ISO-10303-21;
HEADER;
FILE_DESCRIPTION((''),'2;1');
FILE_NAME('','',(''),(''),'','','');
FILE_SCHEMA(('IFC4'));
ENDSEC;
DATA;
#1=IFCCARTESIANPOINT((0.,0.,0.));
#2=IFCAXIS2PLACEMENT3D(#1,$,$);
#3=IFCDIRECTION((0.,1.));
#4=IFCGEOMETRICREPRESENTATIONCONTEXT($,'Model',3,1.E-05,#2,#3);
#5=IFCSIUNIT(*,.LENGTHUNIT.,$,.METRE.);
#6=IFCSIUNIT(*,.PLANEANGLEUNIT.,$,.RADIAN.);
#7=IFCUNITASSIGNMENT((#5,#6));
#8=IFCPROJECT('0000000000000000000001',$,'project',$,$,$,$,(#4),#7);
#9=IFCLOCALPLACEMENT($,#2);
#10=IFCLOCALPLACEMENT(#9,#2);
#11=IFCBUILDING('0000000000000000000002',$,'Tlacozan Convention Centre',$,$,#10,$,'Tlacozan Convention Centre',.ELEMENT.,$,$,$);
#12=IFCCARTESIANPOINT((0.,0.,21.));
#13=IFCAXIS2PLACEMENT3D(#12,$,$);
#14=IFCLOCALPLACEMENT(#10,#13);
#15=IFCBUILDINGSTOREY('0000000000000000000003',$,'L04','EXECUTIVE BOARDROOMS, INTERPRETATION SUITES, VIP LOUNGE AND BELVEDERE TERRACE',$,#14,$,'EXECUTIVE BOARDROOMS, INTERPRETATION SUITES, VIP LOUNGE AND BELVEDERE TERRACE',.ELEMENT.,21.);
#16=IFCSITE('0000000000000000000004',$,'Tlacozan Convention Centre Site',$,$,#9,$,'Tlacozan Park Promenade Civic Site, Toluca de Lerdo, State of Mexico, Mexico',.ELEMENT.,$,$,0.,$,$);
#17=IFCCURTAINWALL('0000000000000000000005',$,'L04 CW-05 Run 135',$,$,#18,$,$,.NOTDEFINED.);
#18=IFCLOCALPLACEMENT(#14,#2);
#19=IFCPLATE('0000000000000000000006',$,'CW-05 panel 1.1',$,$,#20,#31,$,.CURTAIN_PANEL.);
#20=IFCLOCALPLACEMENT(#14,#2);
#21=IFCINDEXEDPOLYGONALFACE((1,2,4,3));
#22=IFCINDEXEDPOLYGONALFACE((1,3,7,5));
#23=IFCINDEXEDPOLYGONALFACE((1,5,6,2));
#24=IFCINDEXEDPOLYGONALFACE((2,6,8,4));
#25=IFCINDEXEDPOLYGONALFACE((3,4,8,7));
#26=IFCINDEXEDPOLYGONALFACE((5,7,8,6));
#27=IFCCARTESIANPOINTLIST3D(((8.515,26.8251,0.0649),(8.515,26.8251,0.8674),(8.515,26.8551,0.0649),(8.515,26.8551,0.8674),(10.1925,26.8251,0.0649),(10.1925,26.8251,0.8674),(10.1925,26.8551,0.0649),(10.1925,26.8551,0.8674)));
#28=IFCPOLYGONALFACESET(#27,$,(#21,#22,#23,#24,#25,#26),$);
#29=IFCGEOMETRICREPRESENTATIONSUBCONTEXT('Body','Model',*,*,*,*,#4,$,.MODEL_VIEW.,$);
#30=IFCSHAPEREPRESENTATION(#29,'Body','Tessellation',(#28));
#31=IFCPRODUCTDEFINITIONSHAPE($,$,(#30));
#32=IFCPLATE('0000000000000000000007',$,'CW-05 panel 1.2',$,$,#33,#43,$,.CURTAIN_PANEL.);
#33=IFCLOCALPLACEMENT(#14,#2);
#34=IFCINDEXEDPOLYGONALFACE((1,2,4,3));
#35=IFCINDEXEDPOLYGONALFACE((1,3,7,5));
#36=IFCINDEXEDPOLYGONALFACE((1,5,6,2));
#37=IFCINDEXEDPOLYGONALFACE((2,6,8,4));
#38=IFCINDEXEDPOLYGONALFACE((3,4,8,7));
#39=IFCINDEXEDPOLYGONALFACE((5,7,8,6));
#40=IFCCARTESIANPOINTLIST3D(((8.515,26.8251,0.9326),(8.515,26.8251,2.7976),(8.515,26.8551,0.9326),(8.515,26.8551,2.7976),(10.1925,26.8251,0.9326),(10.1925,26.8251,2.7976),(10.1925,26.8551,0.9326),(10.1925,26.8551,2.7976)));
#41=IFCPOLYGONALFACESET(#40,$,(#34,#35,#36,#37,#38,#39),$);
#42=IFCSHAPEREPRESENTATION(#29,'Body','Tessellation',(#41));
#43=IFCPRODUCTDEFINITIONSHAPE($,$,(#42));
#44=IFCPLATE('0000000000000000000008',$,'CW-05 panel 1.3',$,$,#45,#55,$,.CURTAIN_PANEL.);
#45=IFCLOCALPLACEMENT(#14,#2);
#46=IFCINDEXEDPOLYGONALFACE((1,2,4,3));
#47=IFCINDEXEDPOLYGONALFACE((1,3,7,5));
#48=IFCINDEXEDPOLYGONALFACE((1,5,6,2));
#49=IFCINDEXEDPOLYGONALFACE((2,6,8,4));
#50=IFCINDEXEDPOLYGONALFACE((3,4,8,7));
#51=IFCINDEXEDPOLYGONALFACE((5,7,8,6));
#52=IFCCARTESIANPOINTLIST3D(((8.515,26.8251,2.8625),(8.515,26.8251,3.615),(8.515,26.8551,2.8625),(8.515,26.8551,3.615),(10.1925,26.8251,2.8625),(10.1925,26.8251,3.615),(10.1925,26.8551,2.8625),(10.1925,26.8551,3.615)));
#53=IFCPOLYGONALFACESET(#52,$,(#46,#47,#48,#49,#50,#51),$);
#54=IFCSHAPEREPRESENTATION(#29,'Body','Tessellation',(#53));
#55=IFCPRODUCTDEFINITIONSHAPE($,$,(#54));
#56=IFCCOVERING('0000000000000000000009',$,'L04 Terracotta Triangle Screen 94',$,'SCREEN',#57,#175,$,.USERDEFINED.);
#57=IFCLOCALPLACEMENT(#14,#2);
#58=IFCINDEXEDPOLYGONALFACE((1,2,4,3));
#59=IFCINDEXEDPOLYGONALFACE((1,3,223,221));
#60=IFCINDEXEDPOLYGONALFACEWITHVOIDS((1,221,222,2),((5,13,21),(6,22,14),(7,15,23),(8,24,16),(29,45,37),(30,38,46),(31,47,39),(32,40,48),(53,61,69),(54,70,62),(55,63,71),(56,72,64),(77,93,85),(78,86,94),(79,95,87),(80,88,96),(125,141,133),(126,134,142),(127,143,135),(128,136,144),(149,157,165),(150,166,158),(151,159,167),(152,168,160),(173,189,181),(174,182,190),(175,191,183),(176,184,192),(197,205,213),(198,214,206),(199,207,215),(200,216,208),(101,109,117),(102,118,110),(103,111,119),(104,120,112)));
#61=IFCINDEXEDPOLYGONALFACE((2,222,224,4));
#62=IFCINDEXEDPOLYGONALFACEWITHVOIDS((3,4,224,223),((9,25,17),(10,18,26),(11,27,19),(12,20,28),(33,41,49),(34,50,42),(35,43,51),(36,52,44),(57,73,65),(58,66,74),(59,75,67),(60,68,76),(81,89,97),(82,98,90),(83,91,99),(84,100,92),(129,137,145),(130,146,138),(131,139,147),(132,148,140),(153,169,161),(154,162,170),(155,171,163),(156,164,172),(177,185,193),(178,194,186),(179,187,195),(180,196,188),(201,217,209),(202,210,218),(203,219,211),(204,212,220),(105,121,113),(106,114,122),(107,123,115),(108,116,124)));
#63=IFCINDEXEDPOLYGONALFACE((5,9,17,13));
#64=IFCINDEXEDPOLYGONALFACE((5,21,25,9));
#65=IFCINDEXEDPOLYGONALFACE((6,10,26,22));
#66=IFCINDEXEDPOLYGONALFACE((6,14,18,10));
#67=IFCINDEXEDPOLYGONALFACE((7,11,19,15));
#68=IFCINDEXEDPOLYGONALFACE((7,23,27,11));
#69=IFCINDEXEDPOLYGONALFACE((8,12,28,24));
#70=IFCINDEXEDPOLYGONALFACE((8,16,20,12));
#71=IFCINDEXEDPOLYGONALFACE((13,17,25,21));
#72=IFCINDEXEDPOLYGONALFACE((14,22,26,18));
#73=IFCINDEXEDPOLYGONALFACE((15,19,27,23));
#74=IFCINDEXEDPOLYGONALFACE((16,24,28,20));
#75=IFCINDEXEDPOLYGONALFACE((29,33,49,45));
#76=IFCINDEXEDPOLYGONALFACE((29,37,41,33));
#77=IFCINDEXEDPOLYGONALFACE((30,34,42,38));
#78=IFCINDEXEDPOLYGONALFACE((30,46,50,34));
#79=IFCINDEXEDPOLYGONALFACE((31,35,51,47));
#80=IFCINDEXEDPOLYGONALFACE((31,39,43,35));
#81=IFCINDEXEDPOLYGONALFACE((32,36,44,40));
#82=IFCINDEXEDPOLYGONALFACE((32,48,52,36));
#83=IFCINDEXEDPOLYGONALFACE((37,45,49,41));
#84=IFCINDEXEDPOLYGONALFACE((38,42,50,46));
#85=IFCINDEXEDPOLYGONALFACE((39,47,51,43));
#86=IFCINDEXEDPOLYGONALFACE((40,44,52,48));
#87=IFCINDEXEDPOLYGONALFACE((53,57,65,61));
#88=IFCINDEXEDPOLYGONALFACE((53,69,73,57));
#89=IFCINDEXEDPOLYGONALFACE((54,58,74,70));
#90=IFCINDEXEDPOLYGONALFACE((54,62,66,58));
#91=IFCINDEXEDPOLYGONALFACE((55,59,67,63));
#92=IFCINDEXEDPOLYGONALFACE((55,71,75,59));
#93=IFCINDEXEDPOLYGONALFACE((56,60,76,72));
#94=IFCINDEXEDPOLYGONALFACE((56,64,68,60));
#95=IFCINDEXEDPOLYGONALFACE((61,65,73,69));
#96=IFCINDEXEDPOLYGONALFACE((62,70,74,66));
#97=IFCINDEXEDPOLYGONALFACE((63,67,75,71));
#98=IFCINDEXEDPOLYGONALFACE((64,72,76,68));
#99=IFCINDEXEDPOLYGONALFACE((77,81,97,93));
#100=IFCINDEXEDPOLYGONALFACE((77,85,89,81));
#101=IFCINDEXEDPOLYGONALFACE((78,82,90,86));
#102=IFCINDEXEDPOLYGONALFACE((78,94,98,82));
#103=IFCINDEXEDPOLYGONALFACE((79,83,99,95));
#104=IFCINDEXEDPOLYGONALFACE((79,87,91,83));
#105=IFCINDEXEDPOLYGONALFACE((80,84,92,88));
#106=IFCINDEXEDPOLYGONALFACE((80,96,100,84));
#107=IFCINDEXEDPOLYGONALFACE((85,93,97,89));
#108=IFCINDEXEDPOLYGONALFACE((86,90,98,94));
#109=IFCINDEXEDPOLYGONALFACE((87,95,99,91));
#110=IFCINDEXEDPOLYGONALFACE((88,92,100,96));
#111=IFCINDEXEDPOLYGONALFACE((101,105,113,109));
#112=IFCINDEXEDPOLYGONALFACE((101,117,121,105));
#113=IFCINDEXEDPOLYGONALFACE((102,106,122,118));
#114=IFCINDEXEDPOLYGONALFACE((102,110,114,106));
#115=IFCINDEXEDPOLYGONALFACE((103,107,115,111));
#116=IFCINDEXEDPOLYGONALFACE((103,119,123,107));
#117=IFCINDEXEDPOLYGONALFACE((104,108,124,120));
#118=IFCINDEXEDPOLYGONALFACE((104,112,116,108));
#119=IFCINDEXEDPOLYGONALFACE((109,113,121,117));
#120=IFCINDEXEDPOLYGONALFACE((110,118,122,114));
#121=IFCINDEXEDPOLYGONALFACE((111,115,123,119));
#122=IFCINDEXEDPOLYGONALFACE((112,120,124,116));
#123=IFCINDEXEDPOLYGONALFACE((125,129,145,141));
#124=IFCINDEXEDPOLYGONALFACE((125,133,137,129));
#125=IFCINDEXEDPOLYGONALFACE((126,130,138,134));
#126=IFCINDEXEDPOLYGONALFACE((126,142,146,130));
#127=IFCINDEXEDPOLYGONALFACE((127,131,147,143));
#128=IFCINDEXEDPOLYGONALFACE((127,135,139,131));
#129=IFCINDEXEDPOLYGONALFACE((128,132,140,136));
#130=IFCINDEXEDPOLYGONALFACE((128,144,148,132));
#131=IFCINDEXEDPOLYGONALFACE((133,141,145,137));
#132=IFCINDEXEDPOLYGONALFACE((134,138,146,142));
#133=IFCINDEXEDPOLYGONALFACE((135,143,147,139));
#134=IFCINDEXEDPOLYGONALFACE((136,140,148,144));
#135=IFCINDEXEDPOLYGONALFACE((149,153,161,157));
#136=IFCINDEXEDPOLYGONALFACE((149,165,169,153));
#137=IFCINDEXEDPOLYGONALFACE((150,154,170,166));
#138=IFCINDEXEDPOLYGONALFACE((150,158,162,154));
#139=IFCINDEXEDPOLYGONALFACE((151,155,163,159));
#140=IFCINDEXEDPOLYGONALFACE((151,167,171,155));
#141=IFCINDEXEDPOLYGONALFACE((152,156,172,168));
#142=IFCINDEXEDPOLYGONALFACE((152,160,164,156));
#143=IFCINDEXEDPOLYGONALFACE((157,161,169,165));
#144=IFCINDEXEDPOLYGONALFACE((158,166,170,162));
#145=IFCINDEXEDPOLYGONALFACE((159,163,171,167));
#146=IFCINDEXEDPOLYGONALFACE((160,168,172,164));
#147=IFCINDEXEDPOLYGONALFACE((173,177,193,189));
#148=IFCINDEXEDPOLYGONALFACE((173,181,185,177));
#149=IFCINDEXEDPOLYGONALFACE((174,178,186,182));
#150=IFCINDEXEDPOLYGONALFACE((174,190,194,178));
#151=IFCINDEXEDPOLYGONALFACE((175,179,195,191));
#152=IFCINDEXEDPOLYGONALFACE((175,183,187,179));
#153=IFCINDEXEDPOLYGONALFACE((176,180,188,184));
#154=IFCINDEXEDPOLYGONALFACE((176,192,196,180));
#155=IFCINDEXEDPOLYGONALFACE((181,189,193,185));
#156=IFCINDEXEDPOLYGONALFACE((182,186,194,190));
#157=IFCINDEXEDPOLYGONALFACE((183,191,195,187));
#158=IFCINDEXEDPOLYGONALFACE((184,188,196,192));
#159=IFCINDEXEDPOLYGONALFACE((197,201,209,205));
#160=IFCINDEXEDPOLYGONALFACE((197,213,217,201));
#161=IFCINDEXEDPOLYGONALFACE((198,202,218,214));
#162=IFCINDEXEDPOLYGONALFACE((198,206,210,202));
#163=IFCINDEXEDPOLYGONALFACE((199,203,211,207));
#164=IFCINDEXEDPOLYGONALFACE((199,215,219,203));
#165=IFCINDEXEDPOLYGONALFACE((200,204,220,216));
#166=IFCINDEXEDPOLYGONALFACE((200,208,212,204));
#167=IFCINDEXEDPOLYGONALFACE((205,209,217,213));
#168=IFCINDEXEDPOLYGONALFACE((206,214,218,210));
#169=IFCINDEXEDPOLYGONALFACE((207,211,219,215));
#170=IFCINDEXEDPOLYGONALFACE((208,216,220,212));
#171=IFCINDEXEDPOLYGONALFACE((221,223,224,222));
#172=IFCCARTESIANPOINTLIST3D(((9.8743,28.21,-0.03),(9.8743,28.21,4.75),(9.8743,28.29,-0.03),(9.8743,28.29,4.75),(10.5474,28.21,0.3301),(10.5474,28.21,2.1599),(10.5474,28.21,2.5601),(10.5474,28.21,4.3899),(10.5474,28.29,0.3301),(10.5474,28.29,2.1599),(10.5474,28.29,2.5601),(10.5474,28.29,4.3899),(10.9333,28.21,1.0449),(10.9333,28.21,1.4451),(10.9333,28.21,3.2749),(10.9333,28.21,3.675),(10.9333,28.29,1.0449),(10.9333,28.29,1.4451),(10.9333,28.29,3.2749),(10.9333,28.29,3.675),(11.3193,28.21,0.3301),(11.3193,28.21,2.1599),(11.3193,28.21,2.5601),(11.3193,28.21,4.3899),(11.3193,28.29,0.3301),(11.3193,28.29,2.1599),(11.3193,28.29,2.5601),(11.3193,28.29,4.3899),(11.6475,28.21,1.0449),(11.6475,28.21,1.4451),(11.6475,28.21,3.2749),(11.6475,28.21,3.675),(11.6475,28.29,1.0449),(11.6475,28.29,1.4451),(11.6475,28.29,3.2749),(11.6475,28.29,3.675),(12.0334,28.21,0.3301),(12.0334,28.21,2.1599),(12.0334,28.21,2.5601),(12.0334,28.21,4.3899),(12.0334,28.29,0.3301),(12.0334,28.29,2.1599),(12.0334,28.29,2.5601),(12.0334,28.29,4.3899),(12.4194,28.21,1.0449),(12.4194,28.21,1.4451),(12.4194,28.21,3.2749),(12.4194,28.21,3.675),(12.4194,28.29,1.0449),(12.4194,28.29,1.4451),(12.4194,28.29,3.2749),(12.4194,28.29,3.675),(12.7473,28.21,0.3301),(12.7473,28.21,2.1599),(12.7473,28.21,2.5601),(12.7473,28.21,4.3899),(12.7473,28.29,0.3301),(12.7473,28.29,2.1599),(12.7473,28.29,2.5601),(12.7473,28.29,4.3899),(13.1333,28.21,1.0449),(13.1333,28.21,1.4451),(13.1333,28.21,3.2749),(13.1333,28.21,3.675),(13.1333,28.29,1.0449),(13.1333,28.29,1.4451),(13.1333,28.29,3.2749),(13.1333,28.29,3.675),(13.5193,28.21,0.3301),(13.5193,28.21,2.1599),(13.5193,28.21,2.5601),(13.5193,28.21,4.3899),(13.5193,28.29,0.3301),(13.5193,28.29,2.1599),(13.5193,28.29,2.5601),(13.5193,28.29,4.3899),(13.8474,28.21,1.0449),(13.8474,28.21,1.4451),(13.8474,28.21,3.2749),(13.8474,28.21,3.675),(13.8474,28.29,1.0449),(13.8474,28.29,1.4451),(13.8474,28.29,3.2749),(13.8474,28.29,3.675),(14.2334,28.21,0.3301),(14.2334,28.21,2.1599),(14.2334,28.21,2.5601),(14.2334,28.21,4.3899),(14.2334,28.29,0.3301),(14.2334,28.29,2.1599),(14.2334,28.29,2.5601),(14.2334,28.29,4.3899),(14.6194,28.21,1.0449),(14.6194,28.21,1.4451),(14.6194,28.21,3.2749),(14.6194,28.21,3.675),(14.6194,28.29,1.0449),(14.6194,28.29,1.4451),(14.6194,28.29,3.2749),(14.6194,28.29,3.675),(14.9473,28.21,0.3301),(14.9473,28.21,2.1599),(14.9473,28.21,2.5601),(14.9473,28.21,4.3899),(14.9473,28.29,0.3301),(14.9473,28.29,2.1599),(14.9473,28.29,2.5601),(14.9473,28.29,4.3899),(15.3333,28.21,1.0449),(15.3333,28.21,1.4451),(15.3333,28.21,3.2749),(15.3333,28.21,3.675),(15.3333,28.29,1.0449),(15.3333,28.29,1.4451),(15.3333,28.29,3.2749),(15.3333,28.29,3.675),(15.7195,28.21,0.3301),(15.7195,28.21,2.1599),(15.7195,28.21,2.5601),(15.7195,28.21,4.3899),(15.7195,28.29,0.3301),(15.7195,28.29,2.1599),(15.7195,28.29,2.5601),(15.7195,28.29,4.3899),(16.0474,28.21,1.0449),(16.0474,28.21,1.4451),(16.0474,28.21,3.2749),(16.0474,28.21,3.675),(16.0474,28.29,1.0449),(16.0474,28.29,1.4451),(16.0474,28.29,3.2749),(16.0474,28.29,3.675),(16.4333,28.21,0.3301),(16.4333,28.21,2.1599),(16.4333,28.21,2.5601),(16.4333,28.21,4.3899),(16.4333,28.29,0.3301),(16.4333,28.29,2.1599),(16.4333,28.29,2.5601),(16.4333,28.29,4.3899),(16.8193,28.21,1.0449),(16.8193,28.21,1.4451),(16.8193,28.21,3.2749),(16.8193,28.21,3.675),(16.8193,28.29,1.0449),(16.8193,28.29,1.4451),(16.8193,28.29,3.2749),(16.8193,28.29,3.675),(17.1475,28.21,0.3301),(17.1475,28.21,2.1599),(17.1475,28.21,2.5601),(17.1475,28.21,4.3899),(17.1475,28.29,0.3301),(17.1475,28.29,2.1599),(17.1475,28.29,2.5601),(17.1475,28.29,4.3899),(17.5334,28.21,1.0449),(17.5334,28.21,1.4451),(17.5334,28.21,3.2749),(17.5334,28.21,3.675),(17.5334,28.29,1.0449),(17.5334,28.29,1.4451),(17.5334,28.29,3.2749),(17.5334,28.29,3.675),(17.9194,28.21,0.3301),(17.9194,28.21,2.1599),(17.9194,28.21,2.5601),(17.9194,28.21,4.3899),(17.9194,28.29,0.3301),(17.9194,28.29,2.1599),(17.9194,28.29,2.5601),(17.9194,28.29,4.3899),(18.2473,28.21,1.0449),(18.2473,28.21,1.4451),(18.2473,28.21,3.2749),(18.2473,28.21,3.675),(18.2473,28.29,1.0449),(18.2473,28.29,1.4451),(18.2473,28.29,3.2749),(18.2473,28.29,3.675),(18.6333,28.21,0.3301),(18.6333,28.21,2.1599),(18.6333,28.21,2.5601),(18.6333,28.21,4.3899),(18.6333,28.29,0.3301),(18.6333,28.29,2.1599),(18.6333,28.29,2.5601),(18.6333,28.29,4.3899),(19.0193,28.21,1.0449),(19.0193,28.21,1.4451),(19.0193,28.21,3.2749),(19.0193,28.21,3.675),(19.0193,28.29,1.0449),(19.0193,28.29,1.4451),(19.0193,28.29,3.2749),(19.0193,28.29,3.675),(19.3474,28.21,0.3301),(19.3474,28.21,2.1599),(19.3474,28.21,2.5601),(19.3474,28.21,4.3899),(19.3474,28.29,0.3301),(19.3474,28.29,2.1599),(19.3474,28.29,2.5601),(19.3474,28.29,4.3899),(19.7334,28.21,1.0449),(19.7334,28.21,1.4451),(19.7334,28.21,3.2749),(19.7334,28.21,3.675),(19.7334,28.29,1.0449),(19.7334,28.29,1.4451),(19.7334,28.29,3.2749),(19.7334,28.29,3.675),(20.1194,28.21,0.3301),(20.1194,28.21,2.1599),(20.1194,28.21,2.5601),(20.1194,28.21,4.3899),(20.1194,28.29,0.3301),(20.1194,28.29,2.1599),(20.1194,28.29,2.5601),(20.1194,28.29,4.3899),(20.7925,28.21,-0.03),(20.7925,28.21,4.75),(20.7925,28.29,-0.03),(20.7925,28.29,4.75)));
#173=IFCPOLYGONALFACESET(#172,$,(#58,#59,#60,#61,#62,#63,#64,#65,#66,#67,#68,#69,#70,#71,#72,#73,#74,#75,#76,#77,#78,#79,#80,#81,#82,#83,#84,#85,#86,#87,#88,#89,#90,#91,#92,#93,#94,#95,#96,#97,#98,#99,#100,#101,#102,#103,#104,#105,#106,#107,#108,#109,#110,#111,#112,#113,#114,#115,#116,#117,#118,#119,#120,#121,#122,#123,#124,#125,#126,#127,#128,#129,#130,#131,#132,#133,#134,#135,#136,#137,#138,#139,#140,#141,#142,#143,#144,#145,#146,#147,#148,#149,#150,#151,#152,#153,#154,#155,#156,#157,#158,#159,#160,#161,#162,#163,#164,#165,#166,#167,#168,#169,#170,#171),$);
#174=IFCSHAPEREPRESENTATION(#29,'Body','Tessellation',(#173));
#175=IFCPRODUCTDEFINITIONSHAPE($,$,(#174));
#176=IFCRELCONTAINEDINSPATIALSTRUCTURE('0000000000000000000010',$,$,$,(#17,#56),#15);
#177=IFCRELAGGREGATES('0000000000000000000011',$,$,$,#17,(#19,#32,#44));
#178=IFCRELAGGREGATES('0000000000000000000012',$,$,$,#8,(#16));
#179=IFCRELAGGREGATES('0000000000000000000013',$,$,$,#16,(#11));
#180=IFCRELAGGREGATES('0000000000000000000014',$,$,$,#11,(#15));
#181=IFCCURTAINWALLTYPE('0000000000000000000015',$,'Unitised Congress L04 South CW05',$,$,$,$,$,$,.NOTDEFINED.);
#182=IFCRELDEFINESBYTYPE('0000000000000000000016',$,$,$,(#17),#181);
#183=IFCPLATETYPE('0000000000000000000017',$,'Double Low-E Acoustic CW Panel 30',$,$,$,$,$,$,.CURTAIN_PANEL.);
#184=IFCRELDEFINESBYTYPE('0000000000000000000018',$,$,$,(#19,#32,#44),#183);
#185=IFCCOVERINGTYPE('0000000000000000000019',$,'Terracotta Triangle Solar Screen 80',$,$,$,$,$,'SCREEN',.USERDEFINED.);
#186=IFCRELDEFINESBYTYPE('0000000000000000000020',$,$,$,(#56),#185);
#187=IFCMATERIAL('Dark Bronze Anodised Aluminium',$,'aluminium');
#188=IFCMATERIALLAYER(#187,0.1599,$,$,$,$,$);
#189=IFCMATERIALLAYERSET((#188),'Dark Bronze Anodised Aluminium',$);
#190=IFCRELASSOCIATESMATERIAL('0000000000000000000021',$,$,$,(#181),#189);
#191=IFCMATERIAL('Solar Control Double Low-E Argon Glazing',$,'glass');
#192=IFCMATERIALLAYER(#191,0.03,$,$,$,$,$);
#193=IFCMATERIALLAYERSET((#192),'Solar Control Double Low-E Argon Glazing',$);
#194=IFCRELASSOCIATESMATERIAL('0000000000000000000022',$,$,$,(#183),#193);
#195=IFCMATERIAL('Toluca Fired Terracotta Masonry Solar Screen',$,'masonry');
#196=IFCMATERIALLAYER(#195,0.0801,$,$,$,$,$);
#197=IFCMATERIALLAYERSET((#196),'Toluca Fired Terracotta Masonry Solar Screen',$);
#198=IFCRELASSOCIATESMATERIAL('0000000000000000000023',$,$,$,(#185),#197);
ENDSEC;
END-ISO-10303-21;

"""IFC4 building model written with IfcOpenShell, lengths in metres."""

from ifc_helpers import new_model, si_unit, direction, frame, origin, origin_2d, place, context, subcontext, project, spatial, polyline, rectangle, outline, extrude, material, layer, layer_set, type_object, element, aggregate, save


model = new_model("IFC4")

# Units and contexts
model_context = context("Model", 3, precision=1e-05, world=origin(), true_north=direction((0.0, 1.0)))
body_context = subcontext(model_context, "Body", "Model", "MODEL_VIEW")
ifc_project = project(units=[si_unit("LENGTHUNIT", "METRE"), si_unit("PLANEANGLEUNIT", "RADIAN")], contexts=[model_context])

# Site, building, storey
site_placement = place(None, origin())
site = spatial("IfcSite", under=ifc_project, at=site_placement, Name="Tlacozan Convention Centre Site", LongName="Tlacozan Park Promenade Civic Site, Toluca de Lerdo, State of Mexico, Mexico", CompositionType="ELEMENT", RefElevation=0.0)
building_placement = place(site_placement, origin())
building = spatial("IfcBuilding", under=site, at=building_placement, Name="Tlacozan Convention Centre", LongName="Tlacozan Convention Centre", CompositionType="ELEMENT")
storey_placement = place(building_placement, frame((0.0, 0.0, 21.0)))
storey = spatial("IfcBuildingStorey", under=building, at=storey_placement, Name="L04", Description="EXECUTIVE BOARDROOMS, INTERPRETATION SUITES, VIP LOUNGE AND BELVEDERE TERRACE", LongName="EXECUTIVE BOARDROOMS, INTERPRETATION SUITES, VIP LOUNGE AND BELVEDERE TERRACE", CompositionType="ELEMENT", Elevation=21.0)

# Shared definitions
ifc_material_1 = material(Name="Dark Bronze Anodised Aluminium", Category="aluminium")
ifc_layer_1 = layer(ifc_material_1, 0.1599)
ifc_layer_set_1 = layer_set([ifc_layer_1], Name="Dark Bronze Anodised Aluminium")
curtain_wall_type = type_object("IfcCurtainWallType", Name="Unitised Congress L04 South CW05", PredefinedType="NOTDEFINED", material=ifc_layer_set_1)

# Curtain wall
curtain_wall_1_placement = place(storey_placement, origin())
curtain_wall_1 = element("IfcCurtainWall", 1, at=curtain_wall_1_placement, inside=storey, type_object=curtain_wall_type, Name="L04 CW-05 Run 135", PredefinedType="NOTDEFINED")

# Plates
ifc_material_2 = material(Name="Solar Control Double Low-E Argon Glazing", Category="glass")
ifc_layer_2 = layer(ifc_material_2, 0.03)
ifc_layer_set_2 = layer_set([ifc_layer_2], Name="Solar Control Double Low-E Argon Glazing")
plate_type = type_object("IfcPlateType", Name="Double Low-E Acoustic CW Panel 30", PredefinedType="CURTAIN_PANEL", material=ifc_layer_set_2)
plate_1_placement = place(storey_placement, frame((9.3538, 26.8401, 0.0649), z_axis=(0.0, 0.0, 1.0), x_axis=(1.0, 0.0, 0.0)))
plate_1 = element("IfcPlate", 2, at=plate_1_placement, type_object=plate_type, Name="CW-05 panel 1.1", PredefinedType="CURTAIN_PANEL", context=body_context, shape_type="SweptSolid", body=[
    extrude(rectangle(XDim=1.6775, YDim=0.03, at=origin_2d()), origin(), (0.0, 0.0, 1.0), 0.8025),
])
plate_2_placement = place(storey_placement, frame((9.3538, 26.8401, 0.9326), z_axis=(0.0, 0.0, 1.0), x_axis=(1.0, 0.0, 0.0)))
plate_2 = element("IfcPlate", 3, at=plate_2_placement, type_object=plate_type, Name="CW-05 panel 1.2", PredefinedType="CURTAIN_PANEL", context=body_context, shape_type="SweptSolid", body=[
    extrude(rectangle(XDim=1.6775, YDim=0.03, at=origin_2d()), origin(), (0.0, 0.0, 1.0), 1.865),
])
plate_3_placement = place(storey_placement, frame((9.3538, 26.8401, 2.8625), z_axis=(0.0, 0.0, 1.0), x_axis=(1.0, 0.0, 0.0)))
plate_3 = element("IfcPlate", 4, at=plate_3_placement, type_object=plate_type, Name="CW-05 panel 1.3", PredefinedType="CURTAIN_PANEL", context=body_context, shape_type="SweptSolid", body=[
    extrude(rectangle(XDim=1.6775, YDim=0.03, at=origin_2d()), origin(), (0.0, 0.0, 1.0), 0.7524),
])
aggregate(curtain_wall_1, [plate_1, plate_2, plate_3])

# Covering
ifc_material_3 = material(Name="Toluca Fired Terracotta Masonry Solar Screen", Category="masonry")
ifc_layer_3 = layer(ifc_material_3, 0.0801)
ifc_layer_set_3 = layer_set([ifc_layer_3], Name="Toluca Fired Terracotta Masonry Solar Screen")
covering_type = type_object("IfcCoveringType", Name="Terracotta Triangle Solar Screen 80", ElementType="SCREEN", PredefinedType="USERDEFINED", material=ifc_layer_set_3)
covering_placement = place(storey_placement, frame((9.8743, 28.25, -0.03), z_axis=(0.0, 0.0, 1.0), x_axis=(1.0, 0.0, 0.0)))
element("IfcCovering", 5, at=covering_placement, inside=storey, type_object=covering_type, Name="L04 Terracotta Triangle Screen 94", ObjectType="SCREEN", PredefinedType="USERDEFINED", context=body_context, shape_type="SweptSolid", body=[
    extrude(outline(polyline([(0.0, 0.0), (10.9182, 0.0), (10.9182, 4.78), (0.0, 4.78), (0.0, 0.0)]), holes=[polyline([(0.6731, 0.3601), (1.4451, 0.3601), (1.0591, 1.075), (0.6731, 0.3601)]), polyline([(1.7732, 1.075), (2.5452, 1.075), (2.1592, 0.3601), (1.7732, 1.075)]), polyline([(2.873, 0.3601), (3.645, 0.3601), (3.259, 1.075), (2.873, 0.3601)]), polyline([(3.9731, 1.075), (4.7451, 1.075), (4.3591, 0.3601), (3.9731, 1.075)]), polyline([(5.073, 0.3601), (5.8452, 0.3601), (5.459, 1.075), (5.073, 0.3601)]), polyline([(6.1731, 1.075), (6.9451, 1.075), (6.5591, 0.3601), (6.1731, 1.075)]), polyline([(7.2732, 0.3601), (8.0452, 0.3601), (7.6592, 1.075), (7.2732, 0.3601)]), polyline([(8.373, 1.075), (9.145, 1.075), (8.759, 0.3601), (8.373, 1.075)]), polyline([(9.4731, 0.3601), (10.2451, 0.3601), (9.8591, 1.075), (9.4731, 0.3601)]), polyline([(0.6731, 2.1899), (1.4451, 2.1899), (1.0591, 1.4751), (0.6731, 2.1899)]), polyline([(1.7732, 1.4751), (2.5452, 1.4751), (2.1592, 2.1899), (1.7732, 1.4751)]), polyline([(2.873, 2.1899), (3.645, 2.1899), (3.259, 1.4751), (2.873, 2.1899)]), polyline([(3.9731, 1.4751), (4.7451, 1.4751), (4.3591, 2.1899), (3.9731, 1.4751)]), polyline([(5.073, 2.1899), (5.8452, 2.1899), (5.459, 1.4751), (5.073, 2.1899)]), polyline([(6.1731, 1.4751), (6.9451, 1.4751), (6.5591, 2.1899), (6.1731, 1.4751)]), polyline([(7.2732, 2.1899), (8.0452, 2.1899), (7.6592, 1.4751), (7.2732, 2.1899)]), polyline([(8.373, 1.4751), (9.145, 1.4751), (8.759, 2.1899), (8.373, 1.4751)]), polyline([(9.4731, 2.1899), (10.2451, 2.1899), (9.8591, 1.4751), (9.4731, 2.1899)]), polyline([(0.6731, 2.5901), (1.4451, 2.5901), (1.0591, 3.3049), (0.6731, 2.5901)]), polyline([(1.7732, 3.3049), (2.5452, 3.3049), (2.1592, 2.5901), (1.7732, 3.3049)]), polyline([(2.873, 2.5901), (3.645, 2.5901), (3.259, 3.3049), (2.873, 2.5901)]), polyline([(3.9731, 3.3049), (4.7451, 3.3049), (4.3591, 2.5901), (3.9731, 3.3049)]), polyline([(5.073, 2.5901), (5.8452, 2.5901), (5.459, 3.3049), (5.073, 2.5901)]), polyline([(6.1731, 3.3049), (6.9451, 3.3049), (6.5591, 2.5901), (6.1731, 3.3049)]), polyline([(7.2732, 2.5901), (8.0452, 2.5901), (7.6592, 3.3049), (7.2732, 2.5901)]), polyline([(8.373, 3.3049), (9.145, 3.3049), (8.759, 2.5901), (8.373, 3.3049)]), polyline([(9.4731, 2.5901), (10.2451, 2.5901), (9.8591, 3.3049), (9.4731, 2.5901)]), polyline([(0.6731, 4.4199), (1.4451, 4.4199), (1.0591, 3.7051), (0.6731, 4.4199)]), polyline([(1.7732, 3.7051), (2.5452, 3.7051), (2.1592, 4.4199), (1.7732, 3.7051)]), polyline([(2.873, 4.4199), (3.645, 4.4199), (3.259, 3.7051), (2.873, 4.4199)]), polyline([(3.9731, 3.7051), (4.7451, 3.7051), (4.3591, 4.4199), (3.9731, 3.7051)]), polyline([(5.073, 4.4199), (5.8452, 4.4199), (5.459, 3.7051), (5.073, 4.4199)]), polyline([(6.1731, 3.7051), (6.9451, 3.7051), (6.5591, 4.4199), (6.1731, 3.7051)]), polyline([(7.2732, 4.4199), (8.0452, 4.4199), (7.6592, 3.7051), (7.2732, 4.4199)]), polyline([(8.373, 3.7051), (9.145, 3.7051), (8.759, 4.4199), (8.373, 3.7051)]), polyline([(9.4731, 4.4199), (10.2451, 4.4199), (9.8591, 3.7051), (9.4731, 4.4199)])]), frame((0.0, 0.04, 0.0), z_axis=(0.0, -1.0, 0.0), x_axis=(1.0, 0.0, 0.0)), (0.0, 0.0, 1.0), 0.0801),
])

save(model, "model.ifc")
